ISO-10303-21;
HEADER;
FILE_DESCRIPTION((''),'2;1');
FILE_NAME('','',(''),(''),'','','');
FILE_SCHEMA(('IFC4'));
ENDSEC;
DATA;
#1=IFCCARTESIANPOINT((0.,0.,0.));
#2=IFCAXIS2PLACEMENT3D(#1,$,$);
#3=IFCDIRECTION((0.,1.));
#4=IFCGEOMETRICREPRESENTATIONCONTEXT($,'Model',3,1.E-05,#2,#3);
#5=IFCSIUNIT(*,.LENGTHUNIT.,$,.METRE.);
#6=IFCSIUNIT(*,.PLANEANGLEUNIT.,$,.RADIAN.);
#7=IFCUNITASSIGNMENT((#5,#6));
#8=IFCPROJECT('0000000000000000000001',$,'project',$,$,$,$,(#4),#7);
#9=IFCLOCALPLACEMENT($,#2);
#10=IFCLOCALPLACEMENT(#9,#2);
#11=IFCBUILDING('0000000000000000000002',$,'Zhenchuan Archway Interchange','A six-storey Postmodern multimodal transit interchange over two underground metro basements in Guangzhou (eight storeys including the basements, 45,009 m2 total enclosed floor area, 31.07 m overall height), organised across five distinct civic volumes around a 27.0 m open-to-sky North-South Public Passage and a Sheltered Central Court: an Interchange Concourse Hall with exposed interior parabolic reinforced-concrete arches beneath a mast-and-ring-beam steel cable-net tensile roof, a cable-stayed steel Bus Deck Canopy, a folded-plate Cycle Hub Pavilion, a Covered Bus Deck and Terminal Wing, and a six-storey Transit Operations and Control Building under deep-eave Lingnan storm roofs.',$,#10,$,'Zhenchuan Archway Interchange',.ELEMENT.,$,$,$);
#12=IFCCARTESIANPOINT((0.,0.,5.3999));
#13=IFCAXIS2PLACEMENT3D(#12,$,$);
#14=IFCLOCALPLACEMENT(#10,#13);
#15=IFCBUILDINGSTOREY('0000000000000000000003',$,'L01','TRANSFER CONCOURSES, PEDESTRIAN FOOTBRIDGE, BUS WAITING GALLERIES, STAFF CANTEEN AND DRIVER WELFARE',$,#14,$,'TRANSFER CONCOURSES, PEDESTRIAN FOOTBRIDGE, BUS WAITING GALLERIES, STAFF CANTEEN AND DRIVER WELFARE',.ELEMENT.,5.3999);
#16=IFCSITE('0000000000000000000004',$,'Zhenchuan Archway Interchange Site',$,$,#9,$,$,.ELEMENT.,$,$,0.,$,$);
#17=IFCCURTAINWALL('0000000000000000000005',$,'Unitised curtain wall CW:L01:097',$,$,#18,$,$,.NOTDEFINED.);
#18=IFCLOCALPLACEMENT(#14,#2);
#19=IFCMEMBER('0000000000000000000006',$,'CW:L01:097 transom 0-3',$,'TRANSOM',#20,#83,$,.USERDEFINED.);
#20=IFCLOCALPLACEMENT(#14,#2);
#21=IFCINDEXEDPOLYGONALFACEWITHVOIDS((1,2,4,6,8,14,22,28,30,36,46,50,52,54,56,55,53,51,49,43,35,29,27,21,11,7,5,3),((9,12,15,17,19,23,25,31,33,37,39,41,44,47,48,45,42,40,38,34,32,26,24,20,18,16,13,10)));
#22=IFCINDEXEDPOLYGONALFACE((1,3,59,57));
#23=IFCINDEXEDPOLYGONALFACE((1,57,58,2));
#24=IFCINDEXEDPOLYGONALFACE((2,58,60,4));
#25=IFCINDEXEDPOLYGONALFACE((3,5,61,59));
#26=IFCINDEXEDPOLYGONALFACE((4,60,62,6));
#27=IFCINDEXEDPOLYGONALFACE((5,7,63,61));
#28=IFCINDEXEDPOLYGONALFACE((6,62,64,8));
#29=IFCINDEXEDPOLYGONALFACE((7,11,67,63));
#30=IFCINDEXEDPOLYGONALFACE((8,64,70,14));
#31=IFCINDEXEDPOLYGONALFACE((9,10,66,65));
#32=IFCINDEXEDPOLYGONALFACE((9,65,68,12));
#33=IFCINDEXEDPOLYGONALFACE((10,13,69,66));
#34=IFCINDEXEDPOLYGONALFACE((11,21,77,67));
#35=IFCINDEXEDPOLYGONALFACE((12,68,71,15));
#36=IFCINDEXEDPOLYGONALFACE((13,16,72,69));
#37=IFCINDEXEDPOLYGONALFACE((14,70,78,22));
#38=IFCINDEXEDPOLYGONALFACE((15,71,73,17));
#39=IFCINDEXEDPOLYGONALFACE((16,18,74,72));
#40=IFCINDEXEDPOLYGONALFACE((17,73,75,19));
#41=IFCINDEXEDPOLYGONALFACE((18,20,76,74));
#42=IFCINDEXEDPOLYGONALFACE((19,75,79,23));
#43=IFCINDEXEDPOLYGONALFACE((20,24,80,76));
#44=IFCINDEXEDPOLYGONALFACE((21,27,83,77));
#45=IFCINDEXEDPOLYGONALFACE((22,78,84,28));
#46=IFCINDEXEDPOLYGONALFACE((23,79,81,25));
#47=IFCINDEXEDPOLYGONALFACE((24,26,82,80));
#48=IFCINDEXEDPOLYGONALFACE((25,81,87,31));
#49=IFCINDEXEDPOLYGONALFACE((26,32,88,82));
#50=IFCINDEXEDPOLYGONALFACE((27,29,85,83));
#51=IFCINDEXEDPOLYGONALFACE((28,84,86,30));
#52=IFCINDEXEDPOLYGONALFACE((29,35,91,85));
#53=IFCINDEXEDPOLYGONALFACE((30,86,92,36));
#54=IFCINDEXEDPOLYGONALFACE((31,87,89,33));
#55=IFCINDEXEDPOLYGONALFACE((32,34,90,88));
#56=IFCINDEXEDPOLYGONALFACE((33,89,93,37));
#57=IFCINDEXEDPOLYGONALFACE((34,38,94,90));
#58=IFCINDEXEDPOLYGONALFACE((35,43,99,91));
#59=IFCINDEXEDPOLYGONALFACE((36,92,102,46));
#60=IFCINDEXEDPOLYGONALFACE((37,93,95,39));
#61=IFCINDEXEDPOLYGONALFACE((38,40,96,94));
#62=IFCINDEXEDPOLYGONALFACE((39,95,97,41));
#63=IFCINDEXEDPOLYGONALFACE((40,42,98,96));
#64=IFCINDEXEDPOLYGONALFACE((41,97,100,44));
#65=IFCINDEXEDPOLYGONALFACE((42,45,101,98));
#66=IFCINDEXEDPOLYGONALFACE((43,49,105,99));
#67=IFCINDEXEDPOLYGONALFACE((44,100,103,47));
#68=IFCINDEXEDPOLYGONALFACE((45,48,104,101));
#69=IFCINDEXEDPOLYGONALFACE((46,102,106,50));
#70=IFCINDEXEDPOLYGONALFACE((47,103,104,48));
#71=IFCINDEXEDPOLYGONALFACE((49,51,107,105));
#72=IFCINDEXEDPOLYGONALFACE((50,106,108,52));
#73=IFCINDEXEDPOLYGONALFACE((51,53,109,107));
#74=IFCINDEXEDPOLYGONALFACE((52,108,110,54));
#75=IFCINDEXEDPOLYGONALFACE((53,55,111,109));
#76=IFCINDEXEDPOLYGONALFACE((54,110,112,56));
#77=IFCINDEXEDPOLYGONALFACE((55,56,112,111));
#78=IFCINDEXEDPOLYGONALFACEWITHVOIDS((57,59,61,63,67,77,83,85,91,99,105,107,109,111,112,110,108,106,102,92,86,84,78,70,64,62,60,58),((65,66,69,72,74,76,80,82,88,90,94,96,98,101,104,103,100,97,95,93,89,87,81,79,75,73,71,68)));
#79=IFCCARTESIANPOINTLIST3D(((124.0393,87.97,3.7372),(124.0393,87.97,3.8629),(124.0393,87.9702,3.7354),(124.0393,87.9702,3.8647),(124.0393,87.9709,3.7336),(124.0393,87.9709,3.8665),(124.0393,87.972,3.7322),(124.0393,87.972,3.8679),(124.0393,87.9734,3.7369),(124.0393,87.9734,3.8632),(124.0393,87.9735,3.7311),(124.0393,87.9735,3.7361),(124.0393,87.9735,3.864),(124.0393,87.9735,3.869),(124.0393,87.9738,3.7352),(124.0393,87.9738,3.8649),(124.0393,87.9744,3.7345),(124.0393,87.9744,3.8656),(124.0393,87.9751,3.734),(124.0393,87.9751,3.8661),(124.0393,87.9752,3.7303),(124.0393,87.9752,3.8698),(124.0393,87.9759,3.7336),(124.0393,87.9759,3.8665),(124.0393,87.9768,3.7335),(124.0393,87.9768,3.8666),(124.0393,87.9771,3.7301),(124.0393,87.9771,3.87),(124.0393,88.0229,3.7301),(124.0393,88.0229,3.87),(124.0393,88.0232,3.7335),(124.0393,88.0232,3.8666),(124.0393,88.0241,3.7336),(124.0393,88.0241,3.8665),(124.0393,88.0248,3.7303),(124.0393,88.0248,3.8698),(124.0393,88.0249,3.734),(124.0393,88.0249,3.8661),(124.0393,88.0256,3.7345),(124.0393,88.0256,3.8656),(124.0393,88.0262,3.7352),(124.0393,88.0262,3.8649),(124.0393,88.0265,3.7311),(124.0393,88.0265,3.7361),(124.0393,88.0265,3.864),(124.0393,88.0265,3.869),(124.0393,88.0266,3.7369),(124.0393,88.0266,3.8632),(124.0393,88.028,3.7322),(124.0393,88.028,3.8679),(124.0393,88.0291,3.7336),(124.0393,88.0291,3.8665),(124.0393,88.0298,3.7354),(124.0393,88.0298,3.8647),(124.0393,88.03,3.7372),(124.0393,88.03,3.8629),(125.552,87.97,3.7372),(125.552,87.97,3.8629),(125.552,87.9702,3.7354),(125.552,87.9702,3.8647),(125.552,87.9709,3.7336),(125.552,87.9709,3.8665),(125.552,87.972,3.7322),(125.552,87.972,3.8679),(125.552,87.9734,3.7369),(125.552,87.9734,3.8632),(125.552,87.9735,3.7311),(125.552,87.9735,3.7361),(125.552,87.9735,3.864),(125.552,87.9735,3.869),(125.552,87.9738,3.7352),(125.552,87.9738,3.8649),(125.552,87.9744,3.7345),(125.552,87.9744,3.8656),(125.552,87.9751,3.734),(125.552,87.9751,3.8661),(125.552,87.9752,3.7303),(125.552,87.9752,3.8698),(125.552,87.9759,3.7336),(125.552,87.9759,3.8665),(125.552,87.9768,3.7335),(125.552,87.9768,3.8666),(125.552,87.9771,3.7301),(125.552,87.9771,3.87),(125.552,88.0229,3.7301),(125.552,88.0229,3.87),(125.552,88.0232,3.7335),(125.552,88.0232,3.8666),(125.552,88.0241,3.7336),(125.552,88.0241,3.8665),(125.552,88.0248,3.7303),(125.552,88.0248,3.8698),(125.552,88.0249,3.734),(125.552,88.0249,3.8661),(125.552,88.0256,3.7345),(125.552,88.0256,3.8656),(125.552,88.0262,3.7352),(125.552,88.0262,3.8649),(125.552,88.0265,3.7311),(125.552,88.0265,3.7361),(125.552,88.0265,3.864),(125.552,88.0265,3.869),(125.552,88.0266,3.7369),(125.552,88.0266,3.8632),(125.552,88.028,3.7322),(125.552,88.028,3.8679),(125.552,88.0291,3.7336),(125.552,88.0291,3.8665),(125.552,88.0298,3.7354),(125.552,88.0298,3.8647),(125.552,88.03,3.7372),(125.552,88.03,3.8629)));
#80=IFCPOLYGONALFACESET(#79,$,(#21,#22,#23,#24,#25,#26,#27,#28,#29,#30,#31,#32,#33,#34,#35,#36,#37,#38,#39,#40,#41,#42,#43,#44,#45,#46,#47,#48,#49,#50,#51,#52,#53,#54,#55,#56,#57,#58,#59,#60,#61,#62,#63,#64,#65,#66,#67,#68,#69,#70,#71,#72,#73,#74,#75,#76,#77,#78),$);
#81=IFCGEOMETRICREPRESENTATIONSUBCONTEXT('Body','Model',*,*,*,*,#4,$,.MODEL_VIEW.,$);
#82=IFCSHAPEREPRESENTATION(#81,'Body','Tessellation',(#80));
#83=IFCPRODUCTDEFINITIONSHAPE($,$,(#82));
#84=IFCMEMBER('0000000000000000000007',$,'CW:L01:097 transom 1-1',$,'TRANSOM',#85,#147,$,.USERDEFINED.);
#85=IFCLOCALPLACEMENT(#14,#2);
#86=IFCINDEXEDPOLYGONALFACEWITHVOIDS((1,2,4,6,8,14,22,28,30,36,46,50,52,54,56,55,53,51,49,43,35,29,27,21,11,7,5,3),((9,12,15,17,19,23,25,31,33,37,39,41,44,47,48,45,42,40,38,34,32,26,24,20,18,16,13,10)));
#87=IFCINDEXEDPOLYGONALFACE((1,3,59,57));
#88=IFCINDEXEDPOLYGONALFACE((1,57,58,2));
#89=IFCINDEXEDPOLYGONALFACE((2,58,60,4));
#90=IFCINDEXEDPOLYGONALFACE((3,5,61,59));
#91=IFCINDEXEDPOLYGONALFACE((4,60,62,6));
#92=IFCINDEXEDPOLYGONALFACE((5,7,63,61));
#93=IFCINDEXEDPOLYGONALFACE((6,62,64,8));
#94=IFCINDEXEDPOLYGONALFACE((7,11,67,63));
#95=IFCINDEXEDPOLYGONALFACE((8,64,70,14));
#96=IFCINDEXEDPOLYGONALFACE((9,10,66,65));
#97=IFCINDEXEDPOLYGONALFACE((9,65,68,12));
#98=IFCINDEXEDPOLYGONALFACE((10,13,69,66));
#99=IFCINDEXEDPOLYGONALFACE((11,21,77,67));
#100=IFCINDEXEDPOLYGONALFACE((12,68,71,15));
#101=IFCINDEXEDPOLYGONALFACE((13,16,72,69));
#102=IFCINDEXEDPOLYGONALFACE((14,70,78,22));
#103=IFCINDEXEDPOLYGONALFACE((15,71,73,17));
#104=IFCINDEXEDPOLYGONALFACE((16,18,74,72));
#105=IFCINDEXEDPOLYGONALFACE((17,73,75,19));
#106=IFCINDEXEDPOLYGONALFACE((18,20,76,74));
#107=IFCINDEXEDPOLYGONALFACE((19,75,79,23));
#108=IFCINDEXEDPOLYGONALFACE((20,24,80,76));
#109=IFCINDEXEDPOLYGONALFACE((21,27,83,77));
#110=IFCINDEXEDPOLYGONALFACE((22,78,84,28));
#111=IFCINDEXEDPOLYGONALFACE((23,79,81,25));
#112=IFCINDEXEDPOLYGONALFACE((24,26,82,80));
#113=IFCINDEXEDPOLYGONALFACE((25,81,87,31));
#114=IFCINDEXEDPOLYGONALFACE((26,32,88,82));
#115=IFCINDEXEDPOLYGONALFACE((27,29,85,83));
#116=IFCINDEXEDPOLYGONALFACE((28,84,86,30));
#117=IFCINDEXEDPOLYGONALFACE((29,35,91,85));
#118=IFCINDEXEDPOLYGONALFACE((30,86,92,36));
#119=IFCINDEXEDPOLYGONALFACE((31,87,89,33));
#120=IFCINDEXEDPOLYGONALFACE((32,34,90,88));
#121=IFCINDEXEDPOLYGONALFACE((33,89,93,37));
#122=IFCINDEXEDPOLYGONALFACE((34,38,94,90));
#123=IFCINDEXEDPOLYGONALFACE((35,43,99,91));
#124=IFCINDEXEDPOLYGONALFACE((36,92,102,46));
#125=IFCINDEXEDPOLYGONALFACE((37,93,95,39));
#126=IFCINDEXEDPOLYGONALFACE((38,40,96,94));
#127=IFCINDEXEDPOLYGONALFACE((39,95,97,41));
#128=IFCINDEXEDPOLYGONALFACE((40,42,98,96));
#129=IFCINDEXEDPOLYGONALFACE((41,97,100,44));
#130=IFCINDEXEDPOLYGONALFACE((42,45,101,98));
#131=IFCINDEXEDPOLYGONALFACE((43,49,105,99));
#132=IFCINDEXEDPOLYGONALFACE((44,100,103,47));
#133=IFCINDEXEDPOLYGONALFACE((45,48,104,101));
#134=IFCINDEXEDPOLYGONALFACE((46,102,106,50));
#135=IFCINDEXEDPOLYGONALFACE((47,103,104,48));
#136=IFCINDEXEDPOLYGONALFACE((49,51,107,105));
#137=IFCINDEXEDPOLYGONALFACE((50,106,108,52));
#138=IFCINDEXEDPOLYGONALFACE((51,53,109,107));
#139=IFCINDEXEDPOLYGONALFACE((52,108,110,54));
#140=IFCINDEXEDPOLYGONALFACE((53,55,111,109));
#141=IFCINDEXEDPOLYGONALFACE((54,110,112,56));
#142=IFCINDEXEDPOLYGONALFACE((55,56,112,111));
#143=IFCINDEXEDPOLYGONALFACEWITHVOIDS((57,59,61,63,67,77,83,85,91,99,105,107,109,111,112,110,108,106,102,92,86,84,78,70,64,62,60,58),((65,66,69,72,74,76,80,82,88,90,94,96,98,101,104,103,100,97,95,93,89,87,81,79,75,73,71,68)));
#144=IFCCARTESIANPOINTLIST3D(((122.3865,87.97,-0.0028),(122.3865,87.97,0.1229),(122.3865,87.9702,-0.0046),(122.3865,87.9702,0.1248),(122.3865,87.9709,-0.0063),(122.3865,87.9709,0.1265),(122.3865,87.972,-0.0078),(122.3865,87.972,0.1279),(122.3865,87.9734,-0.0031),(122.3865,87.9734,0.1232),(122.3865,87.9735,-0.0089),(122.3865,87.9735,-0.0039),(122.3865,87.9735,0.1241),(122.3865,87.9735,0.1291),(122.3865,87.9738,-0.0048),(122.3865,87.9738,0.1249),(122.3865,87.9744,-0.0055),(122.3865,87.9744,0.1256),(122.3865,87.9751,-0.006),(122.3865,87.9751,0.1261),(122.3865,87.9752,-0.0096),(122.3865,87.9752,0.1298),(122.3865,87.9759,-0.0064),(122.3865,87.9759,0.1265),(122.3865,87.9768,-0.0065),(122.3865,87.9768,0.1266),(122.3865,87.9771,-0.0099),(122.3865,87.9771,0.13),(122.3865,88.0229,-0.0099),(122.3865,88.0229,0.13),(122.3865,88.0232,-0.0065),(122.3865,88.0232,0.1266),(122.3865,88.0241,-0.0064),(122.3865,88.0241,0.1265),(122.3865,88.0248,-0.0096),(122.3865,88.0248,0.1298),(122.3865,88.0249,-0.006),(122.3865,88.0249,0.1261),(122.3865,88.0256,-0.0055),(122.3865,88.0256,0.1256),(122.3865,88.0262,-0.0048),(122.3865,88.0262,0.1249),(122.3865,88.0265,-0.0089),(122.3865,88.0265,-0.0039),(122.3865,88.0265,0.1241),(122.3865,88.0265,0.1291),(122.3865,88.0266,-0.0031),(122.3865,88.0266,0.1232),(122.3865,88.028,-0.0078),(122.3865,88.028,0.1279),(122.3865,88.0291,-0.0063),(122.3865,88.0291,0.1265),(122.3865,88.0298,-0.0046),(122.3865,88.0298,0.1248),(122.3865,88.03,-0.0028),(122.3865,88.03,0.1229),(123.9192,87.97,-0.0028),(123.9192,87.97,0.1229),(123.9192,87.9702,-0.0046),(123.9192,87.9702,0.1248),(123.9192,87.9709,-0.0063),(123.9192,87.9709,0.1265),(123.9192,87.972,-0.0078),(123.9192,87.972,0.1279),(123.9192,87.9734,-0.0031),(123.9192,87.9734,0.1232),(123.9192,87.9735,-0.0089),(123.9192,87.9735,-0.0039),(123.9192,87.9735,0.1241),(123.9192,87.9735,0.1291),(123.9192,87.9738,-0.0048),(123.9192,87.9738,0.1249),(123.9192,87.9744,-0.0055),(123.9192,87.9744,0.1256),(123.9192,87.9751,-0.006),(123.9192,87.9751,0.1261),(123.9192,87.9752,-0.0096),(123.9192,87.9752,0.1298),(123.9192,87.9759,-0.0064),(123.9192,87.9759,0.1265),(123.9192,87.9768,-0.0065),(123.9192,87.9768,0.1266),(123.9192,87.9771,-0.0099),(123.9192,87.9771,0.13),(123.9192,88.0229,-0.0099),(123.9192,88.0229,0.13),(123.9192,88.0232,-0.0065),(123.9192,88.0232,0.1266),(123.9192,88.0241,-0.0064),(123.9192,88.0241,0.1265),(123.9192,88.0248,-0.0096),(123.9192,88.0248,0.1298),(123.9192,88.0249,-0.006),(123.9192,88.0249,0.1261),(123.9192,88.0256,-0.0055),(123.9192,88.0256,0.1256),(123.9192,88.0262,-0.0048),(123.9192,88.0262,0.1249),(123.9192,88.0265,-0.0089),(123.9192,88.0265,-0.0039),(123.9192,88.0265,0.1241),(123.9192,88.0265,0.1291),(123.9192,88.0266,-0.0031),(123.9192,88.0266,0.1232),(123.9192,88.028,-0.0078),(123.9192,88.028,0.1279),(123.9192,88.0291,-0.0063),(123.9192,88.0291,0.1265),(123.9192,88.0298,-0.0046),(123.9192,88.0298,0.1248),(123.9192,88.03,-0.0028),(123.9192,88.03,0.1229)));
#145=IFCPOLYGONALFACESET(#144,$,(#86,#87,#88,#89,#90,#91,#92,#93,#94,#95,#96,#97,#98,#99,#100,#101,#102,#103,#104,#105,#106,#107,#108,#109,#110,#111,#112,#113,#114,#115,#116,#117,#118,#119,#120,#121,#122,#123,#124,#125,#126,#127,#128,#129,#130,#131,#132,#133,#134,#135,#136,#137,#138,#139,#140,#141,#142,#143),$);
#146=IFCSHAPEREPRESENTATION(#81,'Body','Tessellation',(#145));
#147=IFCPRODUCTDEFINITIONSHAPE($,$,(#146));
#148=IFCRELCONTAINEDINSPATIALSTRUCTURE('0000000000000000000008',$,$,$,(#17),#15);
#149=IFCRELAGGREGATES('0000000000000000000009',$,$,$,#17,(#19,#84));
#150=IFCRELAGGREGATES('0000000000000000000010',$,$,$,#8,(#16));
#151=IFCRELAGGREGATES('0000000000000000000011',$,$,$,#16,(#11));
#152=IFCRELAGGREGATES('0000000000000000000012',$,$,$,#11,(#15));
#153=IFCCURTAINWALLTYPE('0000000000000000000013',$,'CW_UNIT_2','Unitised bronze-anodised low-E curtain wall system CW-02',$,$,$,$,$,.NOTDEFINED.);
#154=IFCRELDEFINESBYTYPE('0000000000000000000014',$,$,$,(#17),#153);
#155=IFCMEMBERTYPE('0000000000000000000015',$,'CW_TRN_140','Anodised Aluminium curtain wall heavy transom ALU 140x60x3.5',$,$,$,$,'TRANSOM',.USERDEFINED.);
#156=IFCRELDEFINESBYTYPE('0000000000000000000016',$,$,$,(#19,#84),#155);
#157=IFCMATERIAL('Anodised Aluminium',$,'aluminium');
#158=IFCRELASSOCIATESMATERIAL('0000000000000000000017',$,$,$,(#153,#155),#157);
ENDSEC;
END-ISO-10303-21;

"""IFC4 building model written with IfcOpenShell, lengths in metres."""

from ifc_helpers import new_model, si_unit, direction, frame, origin, origin_2d, place, context, subcontext, project, spatial, hollow_rectangle, extrude, material, material_profile, profile_set, type_object, element, aggregate, save


model = new_model("IFC4")

# Units and contexts
model_context = context("Model", 3, precision=1e-05, world=origin(), true_north=direction((0.0, 1.0)))
body_context = subcontext(model_context, "Body", "Model", "MODEL_VIEW")
ifc_project = project(units=[si_unit("LENGTHUNIT", "METRE"), si_unit("PLANEANGLEUNIT", "RADIAN")], contexts=[model_context])

# Site, building, storey
site_placement = place(None, origin())
site = spatial("IfcSite", under=ifc_project, at=site_placement, Name="Zhenchuan Archway Interchange Site", CompositionType="ELEMENT", RefElevation=0.0)
building_placement = place(site_placement, origin())
building = spatial("IfcBuilding", under=site, at=building_placement, Name="Zhenchuan Archway Interchange", Description="A six-storey Postmodern multimodal transit interchange over two underground metro basements in Guangzhou (eight storeys including the basements, 45,009 m2 total enclosed floor area, 31.07 m overall height), organised across five distinct civic volumes around a 27.0 m open-to-sky North-South Public Passage and a Sheltered Central Court: an Interchange Concourse Hall with exposed interior parabolic reinforced-concrete arches beneath a mast-and-ring-beam steel cable-net tensile roof, a cable-stayed steel Bus Deck Canopy, a folded-plate Cycle Hub Pavilion, a Covered Bus Deck and Terminal Wing, and a six-storey Transit Operations and Control Building under deep-eave Lingnan storm roofs.", LongName="Zhenchuan Archway Interchange", CompositionType="ELEMENT")
storey_placement = place(building_placement, frame((0.0, 0.0, 5.3999)))
storey = spatial("IfcBuildingStorey", under=building, at=storey_placement, Name="L01", Description="TRANSFER CONCOURSES, PEDESTRIAN FOOTBRIDGE, BUS WAITING GALLERIES, STAFF CANTEEN AND DRIVER WELFARE", LongName="TRANSFER CONCOURSES, PEDESTRIAN FOOTBRIDGE, BUS WAITING GALLERIES, STAFF CANTEEN AND DRIVER WELFARE", CompositionType="ELEMENT", Elevation=5.3999)

# Curtain wall
ifc_material_1 = material(Name="Anodised Aluminium", Category="aluminium")
curtain_wall_type_1 = type_object("IfcCurtainWallType", Name="CW_UNIT_2", Description="Unitised bronze-anodised low-E curtain wall system CW-02", PredefinedType="NOTDEFINED", material=ifc_material_1)
curtain_wall_1_placement = place(storey_placement, origin())
curtain_wall_1 = element("IfcCurtainWall", 1, at=curtain_wall_1_placement, inside=storey, type_object=curtain_wall_type_1, Name="Unitised curtain wall CW:L01:097", PredefinedType="NOTDEFINED")

# Members
ifc_material_profile_1 = material_profile(ifc_material_1, hollow_rectangle(XDim=0.0601, YDim=0.1399, WallThickness=0.0034, InnerFilletRadius=0.0034, OuterFilletRadius=0.0071, at=origin_2d()), Name="ALU 140x60x3.5")
ifc_profile_set_1 = profile_set([ifc_material_profile_1], Name="Anodised Aluminium")
member_type_1 = type_object("IfcMemberType", Name="CW_TRN_140", Description="Anodised Aluminium curtain wall heavy transom ALU 140x60x3.5", ElementType="TRANSOM", PredefinedType="USERDEFINED", material=ifc_profile_set_1)
member_1_placement = place(storey_placement, frame((125.552, 88.0, 3.8), z_axis=(-1.0, 0.0, 0.0), x_axis=(0.0, -1.0, 0.0)))
member_1 = element("IfcMember", 2, at=member_1_placement, type_object=member_type_1, Name="CW:L01:097 transom 0-3", ObjectType="TRANSOM", PredefinedType="USERDEFINED", context=body_context, shape_type="SweptSolid", body=[
    extrude(hollow_rectangle(XDim=0.0601, YDim=0.1399, WallThickness=0.0034, InnerFilletRadius=0.0034, OuterFilletRadius=0.0071, at=origin_2d()), origin(), (0.0, 0.0, 1.0), 1.5127),
])
member_2_placement = place(storey_placement, frame((123.9192, 88.0, 0.0601), z_axis=(-1.0, 0.0, 0.0), x_axis=(0.0, -1.0, 0.0)))
member_2 = element("IfcMember", 3, at=member_2_placement, type_object=member_type_1, Name="CW:L01:097 transom 1-1", ObjectType="TRANSOM", PredefinedType="USERDEFINED", context=body_context, shape_type="SweptSolid", body=[
    extrude(hollow_rectangle(XDim=0.0601, YDim=0.1399, WallThickness=0.0034, InnerFilletRadius=0.0034, OuterFilletRadius=0.0071, at=origin_2d()), origin(), (0.0, 0.0, 1.0), 1.5327),
])

aggregate(curtain_wall_1, [member_1, member_2])

save(model, "model.ifc")
